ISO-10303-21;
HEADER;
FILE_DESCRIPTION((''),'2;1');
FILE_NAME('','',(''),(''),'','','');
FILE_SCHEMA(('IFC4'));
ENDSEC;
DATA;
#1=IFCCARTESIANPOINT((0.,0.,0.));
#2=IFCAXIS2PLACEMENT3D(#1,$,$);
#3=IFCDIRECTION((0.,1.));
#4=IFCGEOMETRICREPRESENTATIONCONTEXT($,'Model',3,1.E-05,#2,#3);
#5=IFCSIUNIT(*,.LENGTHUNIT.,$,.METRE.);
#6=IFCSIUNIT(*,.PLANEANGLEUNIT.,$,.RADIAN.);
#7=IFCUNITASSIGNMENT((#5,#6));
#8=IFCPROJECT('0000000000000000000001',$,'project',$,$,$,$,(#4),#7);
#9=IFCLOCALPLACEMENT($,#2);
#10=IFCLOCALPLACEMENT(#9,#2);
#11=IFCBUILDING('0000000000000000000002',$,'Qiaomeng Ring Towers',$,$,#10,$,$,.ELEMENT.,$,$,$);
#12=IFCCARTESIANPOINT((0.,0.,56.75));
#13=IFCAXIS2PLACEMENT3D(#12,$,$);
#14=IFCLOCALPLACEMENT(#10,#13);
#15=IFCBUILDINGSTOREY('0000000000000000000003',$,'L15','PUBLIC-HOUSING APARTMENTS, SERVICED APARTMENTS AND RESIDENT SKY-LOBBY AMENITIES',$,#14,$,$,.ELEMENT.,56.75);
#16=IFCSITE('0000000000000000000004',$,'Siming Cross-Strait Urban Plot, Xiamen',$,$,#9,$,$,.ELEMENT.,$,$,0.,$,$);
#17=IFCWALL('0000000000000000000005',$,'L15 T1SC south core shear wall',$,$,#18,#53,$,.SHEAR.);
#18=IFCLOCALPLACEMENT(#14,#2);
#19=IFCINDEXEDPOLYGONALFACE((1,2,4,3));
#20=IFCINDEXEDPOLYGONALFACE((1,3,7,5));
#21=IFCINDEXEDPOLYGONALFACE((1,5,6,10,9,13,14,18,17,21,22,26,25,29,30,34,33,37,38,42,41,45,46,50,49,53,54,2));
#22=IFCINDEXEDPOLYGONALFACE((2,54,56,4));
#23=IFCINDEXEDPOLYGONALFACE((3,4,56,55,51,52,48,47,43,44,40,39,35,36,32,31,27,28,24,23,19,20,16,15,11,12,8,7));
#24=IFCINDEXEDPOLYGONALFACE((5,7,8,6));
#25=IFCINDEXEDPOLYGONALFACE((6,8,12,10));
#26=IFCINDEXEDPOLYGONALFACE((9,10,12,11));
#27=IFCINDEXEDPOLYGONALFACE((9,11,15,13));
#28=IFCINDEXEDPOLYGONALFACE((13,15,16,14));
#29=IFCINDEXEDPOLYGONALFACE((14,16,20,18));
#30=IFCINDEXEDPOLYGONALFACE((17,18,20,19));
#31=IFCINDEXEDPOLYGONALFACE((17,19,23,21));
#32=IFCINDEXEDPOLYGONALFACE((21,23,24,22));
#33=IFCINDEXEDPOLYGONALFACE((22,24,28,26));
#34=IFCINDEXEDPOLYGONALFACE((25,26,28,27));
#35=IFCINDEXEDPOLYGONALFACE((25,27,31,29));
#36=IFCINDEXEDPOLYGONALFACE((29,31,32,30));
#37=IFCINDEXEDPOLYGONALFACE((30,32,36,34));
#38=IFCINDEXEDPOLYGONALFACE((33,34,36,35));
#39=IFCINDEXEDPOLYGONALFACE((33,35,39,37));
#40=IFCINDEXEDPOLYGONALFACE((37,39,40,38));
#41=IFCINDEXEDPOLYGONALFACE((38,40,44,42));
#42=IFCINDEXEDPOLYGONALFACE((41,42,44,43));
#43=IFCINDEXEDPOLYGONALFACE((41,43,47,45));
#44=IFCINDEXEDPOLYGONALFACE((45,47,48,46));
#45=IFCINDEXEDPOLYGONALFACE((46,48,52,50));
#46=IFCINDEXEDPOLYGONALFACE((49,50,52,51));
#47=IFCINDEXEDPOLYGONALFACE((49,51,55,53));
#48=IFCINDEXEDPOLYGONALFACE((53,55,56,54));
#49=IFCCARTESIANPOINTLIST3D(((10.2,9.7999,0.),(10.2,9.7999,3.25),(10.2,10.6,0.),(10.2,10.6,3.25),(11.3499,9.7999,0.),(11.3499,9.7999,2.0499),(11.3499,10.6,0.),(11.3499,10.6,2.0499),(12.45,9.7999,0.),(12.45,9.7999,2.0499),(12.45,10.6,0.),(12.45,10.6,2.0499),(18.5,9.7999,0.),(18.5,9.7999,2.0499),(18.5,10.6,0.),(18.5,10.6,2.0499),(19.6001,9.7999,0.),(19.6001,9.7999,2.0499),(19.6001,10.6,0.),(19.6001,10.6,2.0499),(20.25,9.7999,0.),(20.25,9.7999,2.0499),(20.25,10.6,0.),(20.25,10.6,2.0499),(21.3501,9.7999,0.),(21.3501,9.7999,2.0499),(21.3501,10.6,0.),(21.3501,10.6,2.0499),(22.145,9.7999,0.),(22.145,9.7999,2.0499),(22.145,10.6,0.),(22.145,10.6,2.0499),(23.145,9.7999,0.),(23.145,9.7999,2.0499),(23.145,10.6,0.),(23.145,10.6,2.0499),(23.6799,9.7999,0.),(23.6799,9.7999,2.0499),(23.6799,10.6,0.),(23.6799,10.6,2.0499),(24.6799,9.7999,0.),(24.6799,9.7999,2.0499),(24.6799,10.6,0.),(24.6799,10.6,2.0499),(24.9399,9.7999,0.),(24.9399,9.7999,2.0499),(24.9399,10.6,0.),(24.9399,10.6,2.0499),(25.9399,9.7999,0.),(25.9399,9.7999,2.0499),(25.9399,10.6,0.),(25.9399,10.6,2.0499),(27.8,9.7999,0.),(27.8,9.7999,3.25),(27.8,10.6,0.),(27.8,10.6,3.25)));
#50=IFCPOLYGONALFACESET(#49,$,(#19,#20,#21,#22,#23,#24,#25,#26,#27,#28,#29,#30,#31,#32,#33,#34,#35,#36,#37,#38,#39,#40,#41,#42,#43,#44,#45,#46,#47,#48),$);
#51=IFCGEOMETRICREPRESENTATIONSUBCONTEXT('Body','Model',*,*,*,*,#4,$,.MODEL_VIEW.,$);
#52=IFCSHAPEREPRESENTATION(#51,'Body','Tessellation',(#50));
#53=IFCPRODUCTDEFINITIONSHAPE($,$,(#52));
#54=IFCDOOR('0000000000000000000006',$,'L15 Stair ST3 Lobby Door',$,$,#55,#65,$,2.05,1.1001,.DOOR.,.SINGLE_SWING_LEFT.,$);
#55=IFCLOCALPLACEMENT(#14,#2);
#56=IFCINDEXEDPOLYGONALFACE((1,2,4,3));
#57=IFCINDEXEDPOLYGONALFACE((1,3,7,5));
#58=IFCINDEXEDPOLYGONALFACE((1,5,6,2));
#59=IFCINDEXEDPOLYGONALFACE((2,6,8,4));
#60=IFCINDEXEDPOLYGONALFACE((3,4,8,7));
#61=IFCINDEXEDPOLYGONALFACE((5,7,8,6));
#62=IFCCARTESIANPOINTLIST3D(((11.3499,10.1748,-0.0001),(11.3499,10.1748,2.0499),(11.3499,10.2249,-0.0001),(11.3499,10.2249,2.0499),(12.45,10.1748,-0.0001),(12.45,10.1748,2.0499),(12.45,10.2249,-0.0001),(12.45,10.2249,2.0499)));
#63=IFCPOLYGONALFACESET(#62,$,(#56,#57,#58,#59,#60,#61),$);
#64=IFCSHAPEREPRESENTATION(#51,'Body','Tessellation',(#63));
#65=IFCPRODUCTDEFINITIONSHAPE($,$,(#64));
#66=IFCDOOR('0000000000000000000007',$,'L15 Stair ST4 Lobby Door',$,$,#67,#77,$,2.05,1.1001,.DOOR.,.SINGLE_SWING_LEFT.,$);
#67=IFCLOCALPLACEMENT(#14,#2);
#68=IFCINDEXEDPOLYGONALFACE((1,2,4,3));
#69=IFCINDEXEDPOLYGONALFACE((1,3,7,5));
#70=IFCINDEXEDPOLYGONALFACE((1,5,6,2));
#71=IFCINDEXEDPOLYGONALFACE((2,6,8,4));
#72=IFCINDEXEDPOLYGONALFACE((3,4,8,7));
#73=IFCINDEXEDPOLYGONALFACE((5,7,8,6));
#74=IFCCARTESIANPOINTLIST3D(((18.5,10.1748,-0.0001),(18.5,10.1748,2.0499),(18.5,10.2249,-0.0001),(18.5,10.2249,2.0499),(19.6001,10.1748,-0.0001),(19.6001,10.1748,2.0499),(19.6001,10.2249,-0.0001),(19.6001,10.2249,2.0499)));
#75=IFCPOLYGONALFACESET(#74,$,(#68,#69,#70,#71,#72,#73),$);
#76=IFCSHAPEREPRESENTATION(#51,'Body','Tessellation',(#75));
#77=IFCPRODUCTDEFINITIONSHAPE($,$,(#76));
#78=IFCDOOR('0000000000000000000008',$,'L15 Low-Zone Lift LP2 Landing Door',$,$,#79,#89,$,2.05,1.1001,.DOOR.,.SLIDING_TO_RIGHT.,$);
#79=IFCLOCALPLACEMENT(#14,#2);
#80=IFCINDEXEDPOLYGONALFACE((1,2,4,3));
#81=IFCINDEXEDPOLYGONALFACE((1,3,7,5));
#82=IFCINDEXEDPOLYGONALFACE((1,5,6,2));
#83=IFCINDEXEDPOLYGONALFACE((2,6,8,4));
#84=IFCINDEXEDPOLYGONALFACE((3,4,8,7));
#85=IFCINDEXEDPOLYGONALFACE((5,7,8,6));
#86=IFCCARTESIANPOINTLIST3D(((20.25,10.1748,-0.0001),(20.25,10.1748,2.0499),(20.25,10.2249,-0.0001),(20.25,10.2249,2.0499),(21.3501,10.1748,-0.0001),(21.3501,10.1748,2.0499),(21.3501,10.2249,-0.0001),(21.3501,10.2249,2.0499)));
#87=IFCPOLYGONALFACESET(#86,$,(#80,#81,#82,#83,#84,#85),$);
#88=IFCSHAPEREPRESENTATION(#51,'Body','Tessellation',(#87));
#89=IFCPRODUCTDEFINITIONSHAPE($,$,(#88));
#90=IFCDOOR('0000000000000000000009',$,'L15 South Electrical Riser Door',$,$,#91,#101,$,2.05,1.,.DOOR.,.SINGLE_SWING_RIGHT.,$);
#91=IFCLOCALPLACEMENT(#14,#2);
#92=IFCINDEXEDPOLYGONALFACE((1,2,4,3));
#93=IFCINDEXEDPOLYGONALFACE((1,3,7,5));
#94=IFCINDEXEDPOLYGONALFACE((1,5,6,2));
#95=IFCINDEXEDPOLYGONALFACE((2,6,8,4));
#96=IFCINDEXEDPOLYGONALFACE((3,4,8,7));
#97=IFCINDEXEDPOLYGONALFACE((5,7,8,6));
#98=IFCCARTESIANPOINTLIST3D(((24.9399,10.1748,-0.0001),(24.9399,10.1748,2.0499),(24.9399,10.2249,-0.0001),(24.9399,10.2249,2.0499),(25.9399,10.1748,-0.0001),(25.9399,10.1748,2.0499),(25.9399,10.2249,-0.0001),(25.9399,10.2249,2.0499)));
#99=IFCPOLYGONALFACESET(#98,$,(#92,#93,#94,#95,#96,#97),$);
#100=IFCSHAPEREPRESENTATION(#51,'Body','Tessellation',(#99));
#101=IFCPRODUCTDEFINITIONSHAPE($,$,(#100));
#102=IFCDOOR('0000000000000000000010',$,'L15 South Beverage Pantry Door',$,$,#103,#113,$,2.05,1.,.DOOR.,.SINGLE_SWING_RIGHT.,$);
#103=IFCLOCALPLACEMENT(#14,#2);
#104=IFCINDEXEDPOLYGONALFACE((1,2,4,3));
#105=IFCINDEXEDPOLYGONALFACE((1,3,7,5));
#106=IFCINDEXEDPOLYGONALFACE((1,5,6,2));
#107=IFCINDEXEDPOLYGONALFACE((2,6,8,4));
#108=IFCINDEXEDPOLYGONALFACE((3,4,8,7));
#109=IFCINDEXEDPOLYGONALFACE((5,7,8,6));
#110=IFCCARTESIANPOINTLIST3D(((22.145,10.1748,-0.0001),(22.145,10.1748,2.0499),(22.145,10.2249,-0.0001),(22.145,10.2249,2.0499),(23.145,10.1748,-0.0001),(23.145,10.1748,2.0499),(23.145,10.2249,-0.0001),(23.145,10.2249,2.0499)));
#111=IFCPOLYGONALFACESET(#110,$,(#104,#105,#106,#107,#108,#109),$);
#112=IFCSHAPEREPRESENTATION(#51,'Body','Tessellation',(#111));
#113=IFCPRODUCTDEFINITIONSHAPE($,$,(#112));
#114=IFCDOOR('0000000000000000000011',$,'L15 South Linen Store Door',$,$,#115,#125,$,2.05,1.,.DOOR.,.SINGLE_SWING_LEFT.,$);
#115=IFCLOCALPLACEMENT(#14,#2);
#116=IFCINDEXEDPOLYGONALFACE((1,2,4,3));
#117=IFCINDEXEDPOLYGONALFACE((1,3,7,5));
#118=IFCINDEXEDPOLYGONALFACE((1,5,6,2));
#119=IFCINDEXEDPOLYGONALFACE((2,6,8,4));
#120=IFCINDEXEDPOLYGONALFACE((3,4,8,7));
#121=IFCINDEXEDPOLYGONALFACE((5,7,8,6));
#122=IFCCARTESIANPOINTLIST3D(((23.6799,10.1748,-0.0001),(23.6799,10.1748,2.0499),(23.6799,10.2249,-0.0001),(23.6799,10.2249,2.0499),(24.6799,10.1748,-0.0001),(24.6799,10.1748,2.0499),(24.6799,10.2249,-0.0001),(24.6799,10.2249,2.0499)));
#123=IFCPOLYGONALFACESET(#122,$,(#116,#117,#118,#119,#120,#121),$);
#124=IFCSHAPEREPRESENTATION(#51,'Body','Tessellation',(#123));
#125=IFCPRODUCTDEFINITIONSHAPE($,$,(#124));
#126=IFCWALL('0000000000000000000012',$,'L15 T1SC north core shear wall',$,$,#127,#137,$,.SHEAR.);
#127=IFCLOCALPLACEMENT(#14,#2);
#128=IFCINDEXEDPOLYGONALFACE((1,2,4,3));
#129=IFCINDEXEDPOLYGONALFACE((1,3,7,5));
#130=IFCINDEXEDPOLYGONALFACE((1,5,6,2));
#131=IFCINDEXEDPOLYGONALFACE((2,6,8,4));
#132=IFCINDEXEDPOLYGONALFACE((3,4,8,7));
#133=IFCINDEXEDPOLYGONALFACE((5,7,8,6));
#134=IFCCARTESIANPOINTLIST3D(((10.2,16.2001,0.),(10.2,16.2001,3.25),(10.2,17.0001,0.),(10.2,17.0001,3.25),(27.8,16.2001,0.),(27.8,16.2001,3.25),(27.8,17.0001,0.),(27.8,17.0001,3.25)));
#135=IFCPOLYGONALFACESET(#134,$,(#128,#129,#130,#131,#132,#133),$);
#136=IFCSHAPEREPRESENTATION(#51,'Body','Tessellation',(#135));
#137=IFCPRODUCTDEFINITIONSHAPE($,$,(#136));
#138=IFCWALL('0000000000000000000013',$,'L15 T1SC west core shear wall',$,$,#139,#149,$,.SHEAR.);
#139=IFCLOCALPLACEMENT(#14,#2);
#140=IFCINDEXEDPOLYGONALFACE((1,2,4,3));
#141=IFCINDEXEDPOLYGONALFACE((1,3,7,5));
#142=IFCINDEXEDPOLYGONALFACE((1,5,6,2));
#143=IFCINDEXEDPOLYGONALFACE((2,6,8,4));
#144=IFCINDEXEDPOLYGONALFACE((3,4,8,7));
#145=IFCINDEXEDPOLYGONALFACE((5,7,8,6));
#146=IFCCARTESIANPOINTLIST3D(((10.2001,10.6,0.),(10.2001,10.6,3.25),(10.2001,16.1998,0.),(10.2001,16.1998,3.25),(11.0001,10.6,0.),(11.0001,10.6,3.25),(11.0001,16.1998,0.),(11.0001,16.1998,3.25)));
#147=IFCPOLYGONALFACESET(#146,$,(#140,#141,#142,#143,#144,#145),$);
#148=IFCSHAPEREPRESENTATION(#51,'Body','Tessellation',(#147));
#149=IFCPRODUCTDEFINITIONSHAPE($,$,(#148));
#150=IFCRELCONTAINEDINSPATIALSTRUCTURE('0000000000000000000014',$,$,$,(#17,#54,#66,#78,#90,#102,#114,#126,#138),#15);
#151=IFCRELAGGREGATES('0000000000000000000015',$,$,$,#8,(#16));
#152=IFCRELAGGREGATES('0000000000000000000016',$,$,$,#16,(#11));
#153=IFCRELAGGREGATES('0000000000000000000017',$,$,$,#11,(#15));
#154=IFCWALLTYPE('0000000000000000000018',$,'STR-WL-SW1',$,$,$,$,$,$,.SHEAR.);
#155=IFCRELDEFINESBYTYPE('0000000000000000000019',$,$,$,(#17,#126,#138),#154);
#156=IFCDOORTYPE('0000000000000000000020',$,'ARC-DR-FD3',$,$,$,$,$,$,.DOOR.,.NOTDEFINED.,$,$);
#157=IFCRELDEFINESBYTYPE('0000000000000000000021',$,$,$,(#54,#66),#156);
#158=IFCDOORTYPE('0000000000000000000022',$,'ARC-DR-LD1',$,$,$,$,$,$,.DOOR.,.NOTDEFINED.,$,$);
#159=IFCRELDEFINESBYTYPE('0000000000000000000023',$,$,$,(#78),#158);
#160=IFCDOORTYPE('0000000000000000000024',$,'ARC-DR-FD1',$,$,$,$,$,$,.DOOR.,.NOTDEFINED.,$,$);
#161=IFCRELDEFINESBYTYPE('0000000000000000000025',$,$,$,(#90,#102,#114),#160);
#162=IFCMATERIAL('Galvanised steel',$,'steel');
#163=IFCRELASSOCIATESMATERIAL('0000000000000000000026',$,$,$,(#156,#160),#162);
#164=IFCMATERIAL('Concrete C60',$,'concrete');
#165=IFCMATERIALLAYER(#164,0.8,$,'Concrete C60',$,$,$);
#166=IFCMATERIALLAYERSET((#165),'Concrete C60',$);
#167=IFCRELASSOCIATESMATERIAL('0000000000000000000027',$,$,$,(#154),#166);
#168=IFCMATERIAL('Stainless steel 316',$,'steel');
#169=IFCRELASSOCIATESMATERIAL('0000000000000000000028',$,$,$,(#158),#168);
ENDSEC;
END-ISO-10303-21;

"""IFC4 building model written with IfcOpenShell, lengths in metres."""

from ifc_helpers import new_model, si_unit, direction, frame, frame_2d, origin, place, context, subcontext, project, spatial, rectangle, extrude, source, transform, mapped, material, layer, layer_set, type_object, element, fill, save


model = new_model("IFC4")

# Units and contexts
model_context = context("Model", 3, precision=1e-05, world=origin(), true_north=direction((0.0, 1.0)))
body_context = subcontext(model_context, "Body", "Model", "MODEL_VIEW")
ifc_project = project(units=[si_unit("LENGTHUNIT", "METRE"), si_unit("PLANEANGLEUNIT", "RADIAN")], contexts=[model_context])

# Site, building, storey
site_placement = place(None, origin())
site = spatial("IfcSite", under=ifc_project, at=site_placement, Name="Siming Cross-Strait Urban Plot, Xiamen", CompositionType="ELEMENT", RefElevation=0.0)
building_placement = place(site_placement, origin())
building = spatial("IfcBuilding", under=site, at=building_placement, Name="Qiaomeng Ring Towers", CompositionType="ELEMENT")
storey_placement = place(building_placement, frame((0.0, 0.0, 56.75)))
storey = spatial("IfcBuildingStorey", under=building, at=storey_placement, Name="L15", Description="PUBLIC-HOUSING APARTMENTS, SERVICED APARTMENTS AND RESIDENT SKY-LOBBY AMENITIES", CompositionType="ELEMENT", Elevation=56.75)

# Shared definitions
shared_shape_1 = source(origin(), body_context, "Body", "SweptSolid", [
    extrude(rectangle(XDim=1.0, YDim=2.05, at=frame_2d((0.5, 1.0249))), frame((0.0, 0.0249, 0.0), z_axis=(0.0, -1.0, 0.0), x_axis=(1.0, 0.0, 0.0)), (0.0, 0.0, 1.0), 0.05),
])

# Shared definitions
ifc_material_1 = material(Name="Galvanised steel", Category="steel")
door_type_1 = type_object("IfcDoorType", Name="ARC-DR-FD3", OperationType="NOTDEFINED", PredefinedType="DOOR", material=ifc_material_1)
shared_shape_2 = source(origin(), body_context, "Body", "SweptSolid", [
    extrude(rectangle(XDim=1.1001, YDim=2.05, at=frame_2d((0.55, 1.0249))), frame((0.0, 0.0249, 0.0), z_axis=(0.0, -1.0, 0.0), x_axis=(1.0, 0.0, 0.0)), (0.0, 0.0, 1.0), 0.05),
])

# Wall, openings, doors
ifc_material_2 = material(Name="Concrete C60", Category="concrete")
ifc_layer_1 = layer(ifc_material_2, 0.8, Name="Concrete C60")
ifc_layer_set_1 = layer_set([ifc_layer_1], Name="Concrete C60")
wall_type_1 = type_object("IfcWallType", Name="STR-WL-SW1", PredefinedType="SHEAR", material=ifc_layer_set_1)
wall_1_placement = place(storey_placement, frame((10.2, 10.2, 0.0), z_axis=(0.0, 0.0, 1.0), x_axis=(1.0, 0.0, 0.0)))
wall_1 = element("IfcWall", 1, at=wall_1_placement, inside=storey, type_object=wall_type_1, Name="L15 T1SC south core shear wall", PredefinedType="SHEAR", context=body_context, shape_type="SweptSolid", body=[
    extrude(rectangle(XDim=17.6001, YDim=0.8, at=frame_2d((8.8, 0.0))), origin(), (0.0, 0.0, 1.0), 3.25),
])
opening_1_placement = place(wall_1_placement, frame((1.1499, 0.0, 0.0)))
opening_1 = element("IfcOpeningElement", 2, at=opening_1_placement, cuts=wall_1, PredefinedType="OPENING", context=body_context, shape_type="SweptSolid", body=[
    extrude(rectangle(XDim=1.1001, YDim=2.05, at=frame_2d((0.55, 1.0249))), frame((0.0, 0.4099, 0.0), z_axis=(0.0, -1.0, 0.0), x_axis=(1.0, 0.0, 0.0)), (0.0, 0.0, 1.0), 0.8201),
])
opening_2_placement = place(wall_1_placement, frame((8.3, 0.0, 0.0)))
opening_2 = element("IfcOpeningElement", 3, at=opening_2_placement, cuts=wall_1, PredefinedType="OPENING", context=body_context, shape_type="SweptSolid", body=[
    extrude(rectangle(XDim=1.1001, YDim=2.05, at=frame_2d((0.55, 1.0249))), frame((0.0, 0.4099, 0.0), z_axis=(0.0, -1.0, 0.0), x_axis=(1.0, 0.0, 0.0)), (0.0, 0.0, 1.0), 0.8201),
])
opening_3_placement = place(wall_1_placement, frame((10.05, 0.0, 0.0)))
opening_3 = element("IfcOpeningElement", 4, at=opening_3_placement, cuts=wall_1, PredefinedType="OPENING", context=body_context, shape_type="SweptSolid", body=[
    extrude(rectangle(XDim=1.1001, YDim=2.05, at=frame_2d((0.55, 1.0249))), frame((0.0, 0.4099, 0.0), z_axis=(0.0, -1.0, 0.0), x_axis=(1.0, 0.0, 0.0)), (0.0, 0.0, 1.0), 0.8201),
])
opening_4_placement = place(wall_1_placement, frame((14.74, 0.0, 0.0)))
opening_4 = element("IfcOpeningElement", 5, at=opening_4_placement, cuts=wall_1, PredefinedType="OPENING", context=body_context, shape_type="SweptSolid", body=[
    extrude(rectangle(XDim=1.0, YDim=2.05, at=frame_2d((0.5, 1.0249))), frame((0.0, 0.4099, 0.0), z_axis=(0.0, -1.0, 0.0), x_axis=(1.0, 0.0, 0.0)), (0.0, 0.0, 1.0), 0.8201),
])
opening_5_placement = place(wall_1_placement, frame((11.9451, 0.0, 0.0)))
opening_5 = element("IfcOpeningElement", 6, at=opening_5_placement, cuts=wall_1, PredefinedType="OPENING", context=body_context, shape_type="SweptSolid", body=[
    extrude(rectangle(XDim=1.0, YDim=2.05, at=frame_2d((0.5, 1.0249))), frame((0.0, 0.4099, 0.0), z_axis=(0.0, -1.0, 0.0), x_axis=(1.0, 0.0, 0.0)), (0.0, 0.0, 1.0), 0.8201),
])
opening_6_placement = place(wall_1_placement, frame((13.48, 0.0, 0.0)))
opening_6 = element("IfcOpeningElement", 7, at=opening_6_placement, cuts=wall_1, PredefinedType="OPENING", context=body_context, shape_type="SweptSolid", body=[
    extrude(rectangle(XDim=1.0, YDim=2.05, at=frame_2d((0.5, 1.0249))), frame((0.0, 0.4099, 0.0), z_axis=(0.0, -1.0, 0.0), x_axis=(1.0, 0.0, 0.0)), (0.0, 0.0, 1.0), 0.8201),
])
door_1_placement = place(opening_1_placement, origin())
door_1 = element("IfcDoor", 8, at=door_1_placement, inside=storey, type_object=door_type_1, Name="L15 Stair ST3 Lobby Door", OperationType="SINGLE_SWING_LEFT", OverallHeight=2.05, OverallWidth=1.1001, PredefinedType="DOOR", context=body_context, shape_type="MappedRepresentation", body=[
    mapped(shared_shape_2, transform((0.0, 0.0, 0.0), x_axis=(1.0, 0.0, 0.0), y_axis=(0.0, 1.0, 0.0), z_axis=(0.0, 0.0, 1.0), scale=1.0)),
])
fill(opening_1, door_1)
door_2_placement = place(opening_2_placement, origin())
door_2 = element("IfcDoor", 9, at=door_2_placement, inside=storey, type_object=door_type_1, Name="L15 Stair ST4 Lobby Door", OperationType="SINGLE_SWING_LEFT", OverallHeight=2.05, OverallWidth=1.1001, PredefinedType="DOOR", context=body_context, shape_type="MappedRepresentation", body=[
    mapped(shared_shape_2, transform((0.0, 0.0, 0.0), x_axis=(1.0, 0.0, 0.0), y_axis=(0.0, 1.0, 0.0), z_axis=(0.0, 0.0, 1.0), scale=1.0)),
])
fill(opening_2, door_2)
ifc_material_3 = material(Name="Stainless steel 316", Category="steel")
door_type_2 = type_object("IfcDoorType", Name="ARC-DR-LD1", OperationType="NOTDEFINED", PredefinedType="DOOR", material=ifc_material_3)
door_3_placement = place(opening_3_placement, origin())
door_3 = element("IfcDoor", 10, at=door_3_placement, inside=storey, type_object=door_type_2, Name="L15 Low-Zone Lift LP2 Landing Door", OperationType="SLIDING_TO_RIGHT", OverallHeight=2.05, OverallWidth=1.1001, PredefinedType="DOOR", context=body_context, shape_type="MappedRepresentation", body=[
    mapped(shared_shape_2, transform((0.0, 0.0, 0.0), x_axis=(1.0, 0.0, 0.0), y_axis=(0.0, 1.0, 0.0), z_axis=(0.0, 0.0, 1.0), scale=1.0)),
])
fill(opening_3, door_3)
door_type_3 = type_object("IfcDoorType", Name="ARC-DR-FD1", OperationType="NOTDEFINED", PredefinedType="DOOR", material=ifc_material_1)
door_4_placement = place(opening_4_placement, origin())
door_4 = element("IfcDoor", 11, at=door_4_placement, inside=storey, type_object=door_type_3, Name="L15 South Electrical Riser Door", OperationType="SINGLE_SWING_RIGHT", OverallHeight=2.05, OverallWidth=1.0, PredefinedType="DOOR", context=body_context, shape_type="MappedRepresentation", body=[
    mapped(shared_shape_1, transform((0.0, 0.0, 0.0), x_axis=(1.0, 0.0, 0.0), y_axis=(0.0, 1.0, 0.0), z_axis=(0.0, 0.0, 1.0), scale=1.0)),
])
fill(opening_4, door_4)
door_5_placement = place(opening_5_placement, origin())
door_5 = element("IfcDoor", 12, at=door_5_placement, inside=storey, type_object=door_type_3, Name="L15 South Beverage Pantry Door", OperationType="SINGLE_SWING_RIGHT", OverallHeight=2.05, OverallWidth=1.0, PredefinedType="DOOR", context=body_context, shape_type="MappedRepresentation", body=[
    mapped(shared_shape_1, transform((0.0, 0.0, 0.0), x_axis=(1.0, 0.0, 0.0), y_axis=(0.0, 1.0, 0.0), z_axis=(0.0, 0.0, 1.0), scale=1.0)),
])
fill(opening_5, door_5)
door_6_placement = place(opening_6_placement, origin())
door_6 = element("IfcDoor", 13, at=door_6_placement, inside=storey, type_object=door_type_3, Name="L15 South Linen Store Door", OperationType="SINGLE_SWING_LEFT", OverallHeight=2.05, OverallWidth=1.0, PredefinedType="DOOR", context=body_context, shape_type="MappedRepresentation", body=[
    mapped(shared_shape_1, transform((0.0, 0.0, 0.0), x_axis=(1.0, 0.0, 0.0), y_axis=(0.0, 1.0, 0.0), z_axis=(0.0, 0.0, 1.0), scale=1.0)),
])
fill(opening_6, door_6)

# Walls
wall_2_placement = place(storey_placement, frame((10.2, 16.6001, 0.0), z_axis=(0.0, 0.0, 1.0), x_axis=(1.0, 0.0, 0.0)))
element("IfcWall", 14, at=wall_2_placement, inside=storey, type_object=wall_type_1, Name="L15 T1SC north core shear wall", PredefinedType="SHEAR", context=body_context, shape_type="SweptSolid", body=[
    extrude(rectangle(XDim=17.6001, YDim=0.8, at=frame_2d((8.8, 0.0))), origin(), (0.0, 0.0, 1.0), 3.25),
])
wall_3_placement = place(storey_placement, frame((10.6001, 10.6001, 0.0), z_axis=(0.0, 0.0, 1.0), x_axis=(0.0, 1.0, 0.0)))
element("IfcWall", 15, at=wall_3_placement, inside=storey, type_object=wall_type_1, Name="L15 T1SC west core shear wall", PredefinedType="SHEAR", context=body_context, shape_type="SweptSolid", body=[
    extrude(rectangle(XDim=5.5999, YDim=0.8, at=frame_2d((2.7998, 0.0))), origin(), (0.0, 0.0, 1.0), 3.25),
])

save(model, "model.ifc")
